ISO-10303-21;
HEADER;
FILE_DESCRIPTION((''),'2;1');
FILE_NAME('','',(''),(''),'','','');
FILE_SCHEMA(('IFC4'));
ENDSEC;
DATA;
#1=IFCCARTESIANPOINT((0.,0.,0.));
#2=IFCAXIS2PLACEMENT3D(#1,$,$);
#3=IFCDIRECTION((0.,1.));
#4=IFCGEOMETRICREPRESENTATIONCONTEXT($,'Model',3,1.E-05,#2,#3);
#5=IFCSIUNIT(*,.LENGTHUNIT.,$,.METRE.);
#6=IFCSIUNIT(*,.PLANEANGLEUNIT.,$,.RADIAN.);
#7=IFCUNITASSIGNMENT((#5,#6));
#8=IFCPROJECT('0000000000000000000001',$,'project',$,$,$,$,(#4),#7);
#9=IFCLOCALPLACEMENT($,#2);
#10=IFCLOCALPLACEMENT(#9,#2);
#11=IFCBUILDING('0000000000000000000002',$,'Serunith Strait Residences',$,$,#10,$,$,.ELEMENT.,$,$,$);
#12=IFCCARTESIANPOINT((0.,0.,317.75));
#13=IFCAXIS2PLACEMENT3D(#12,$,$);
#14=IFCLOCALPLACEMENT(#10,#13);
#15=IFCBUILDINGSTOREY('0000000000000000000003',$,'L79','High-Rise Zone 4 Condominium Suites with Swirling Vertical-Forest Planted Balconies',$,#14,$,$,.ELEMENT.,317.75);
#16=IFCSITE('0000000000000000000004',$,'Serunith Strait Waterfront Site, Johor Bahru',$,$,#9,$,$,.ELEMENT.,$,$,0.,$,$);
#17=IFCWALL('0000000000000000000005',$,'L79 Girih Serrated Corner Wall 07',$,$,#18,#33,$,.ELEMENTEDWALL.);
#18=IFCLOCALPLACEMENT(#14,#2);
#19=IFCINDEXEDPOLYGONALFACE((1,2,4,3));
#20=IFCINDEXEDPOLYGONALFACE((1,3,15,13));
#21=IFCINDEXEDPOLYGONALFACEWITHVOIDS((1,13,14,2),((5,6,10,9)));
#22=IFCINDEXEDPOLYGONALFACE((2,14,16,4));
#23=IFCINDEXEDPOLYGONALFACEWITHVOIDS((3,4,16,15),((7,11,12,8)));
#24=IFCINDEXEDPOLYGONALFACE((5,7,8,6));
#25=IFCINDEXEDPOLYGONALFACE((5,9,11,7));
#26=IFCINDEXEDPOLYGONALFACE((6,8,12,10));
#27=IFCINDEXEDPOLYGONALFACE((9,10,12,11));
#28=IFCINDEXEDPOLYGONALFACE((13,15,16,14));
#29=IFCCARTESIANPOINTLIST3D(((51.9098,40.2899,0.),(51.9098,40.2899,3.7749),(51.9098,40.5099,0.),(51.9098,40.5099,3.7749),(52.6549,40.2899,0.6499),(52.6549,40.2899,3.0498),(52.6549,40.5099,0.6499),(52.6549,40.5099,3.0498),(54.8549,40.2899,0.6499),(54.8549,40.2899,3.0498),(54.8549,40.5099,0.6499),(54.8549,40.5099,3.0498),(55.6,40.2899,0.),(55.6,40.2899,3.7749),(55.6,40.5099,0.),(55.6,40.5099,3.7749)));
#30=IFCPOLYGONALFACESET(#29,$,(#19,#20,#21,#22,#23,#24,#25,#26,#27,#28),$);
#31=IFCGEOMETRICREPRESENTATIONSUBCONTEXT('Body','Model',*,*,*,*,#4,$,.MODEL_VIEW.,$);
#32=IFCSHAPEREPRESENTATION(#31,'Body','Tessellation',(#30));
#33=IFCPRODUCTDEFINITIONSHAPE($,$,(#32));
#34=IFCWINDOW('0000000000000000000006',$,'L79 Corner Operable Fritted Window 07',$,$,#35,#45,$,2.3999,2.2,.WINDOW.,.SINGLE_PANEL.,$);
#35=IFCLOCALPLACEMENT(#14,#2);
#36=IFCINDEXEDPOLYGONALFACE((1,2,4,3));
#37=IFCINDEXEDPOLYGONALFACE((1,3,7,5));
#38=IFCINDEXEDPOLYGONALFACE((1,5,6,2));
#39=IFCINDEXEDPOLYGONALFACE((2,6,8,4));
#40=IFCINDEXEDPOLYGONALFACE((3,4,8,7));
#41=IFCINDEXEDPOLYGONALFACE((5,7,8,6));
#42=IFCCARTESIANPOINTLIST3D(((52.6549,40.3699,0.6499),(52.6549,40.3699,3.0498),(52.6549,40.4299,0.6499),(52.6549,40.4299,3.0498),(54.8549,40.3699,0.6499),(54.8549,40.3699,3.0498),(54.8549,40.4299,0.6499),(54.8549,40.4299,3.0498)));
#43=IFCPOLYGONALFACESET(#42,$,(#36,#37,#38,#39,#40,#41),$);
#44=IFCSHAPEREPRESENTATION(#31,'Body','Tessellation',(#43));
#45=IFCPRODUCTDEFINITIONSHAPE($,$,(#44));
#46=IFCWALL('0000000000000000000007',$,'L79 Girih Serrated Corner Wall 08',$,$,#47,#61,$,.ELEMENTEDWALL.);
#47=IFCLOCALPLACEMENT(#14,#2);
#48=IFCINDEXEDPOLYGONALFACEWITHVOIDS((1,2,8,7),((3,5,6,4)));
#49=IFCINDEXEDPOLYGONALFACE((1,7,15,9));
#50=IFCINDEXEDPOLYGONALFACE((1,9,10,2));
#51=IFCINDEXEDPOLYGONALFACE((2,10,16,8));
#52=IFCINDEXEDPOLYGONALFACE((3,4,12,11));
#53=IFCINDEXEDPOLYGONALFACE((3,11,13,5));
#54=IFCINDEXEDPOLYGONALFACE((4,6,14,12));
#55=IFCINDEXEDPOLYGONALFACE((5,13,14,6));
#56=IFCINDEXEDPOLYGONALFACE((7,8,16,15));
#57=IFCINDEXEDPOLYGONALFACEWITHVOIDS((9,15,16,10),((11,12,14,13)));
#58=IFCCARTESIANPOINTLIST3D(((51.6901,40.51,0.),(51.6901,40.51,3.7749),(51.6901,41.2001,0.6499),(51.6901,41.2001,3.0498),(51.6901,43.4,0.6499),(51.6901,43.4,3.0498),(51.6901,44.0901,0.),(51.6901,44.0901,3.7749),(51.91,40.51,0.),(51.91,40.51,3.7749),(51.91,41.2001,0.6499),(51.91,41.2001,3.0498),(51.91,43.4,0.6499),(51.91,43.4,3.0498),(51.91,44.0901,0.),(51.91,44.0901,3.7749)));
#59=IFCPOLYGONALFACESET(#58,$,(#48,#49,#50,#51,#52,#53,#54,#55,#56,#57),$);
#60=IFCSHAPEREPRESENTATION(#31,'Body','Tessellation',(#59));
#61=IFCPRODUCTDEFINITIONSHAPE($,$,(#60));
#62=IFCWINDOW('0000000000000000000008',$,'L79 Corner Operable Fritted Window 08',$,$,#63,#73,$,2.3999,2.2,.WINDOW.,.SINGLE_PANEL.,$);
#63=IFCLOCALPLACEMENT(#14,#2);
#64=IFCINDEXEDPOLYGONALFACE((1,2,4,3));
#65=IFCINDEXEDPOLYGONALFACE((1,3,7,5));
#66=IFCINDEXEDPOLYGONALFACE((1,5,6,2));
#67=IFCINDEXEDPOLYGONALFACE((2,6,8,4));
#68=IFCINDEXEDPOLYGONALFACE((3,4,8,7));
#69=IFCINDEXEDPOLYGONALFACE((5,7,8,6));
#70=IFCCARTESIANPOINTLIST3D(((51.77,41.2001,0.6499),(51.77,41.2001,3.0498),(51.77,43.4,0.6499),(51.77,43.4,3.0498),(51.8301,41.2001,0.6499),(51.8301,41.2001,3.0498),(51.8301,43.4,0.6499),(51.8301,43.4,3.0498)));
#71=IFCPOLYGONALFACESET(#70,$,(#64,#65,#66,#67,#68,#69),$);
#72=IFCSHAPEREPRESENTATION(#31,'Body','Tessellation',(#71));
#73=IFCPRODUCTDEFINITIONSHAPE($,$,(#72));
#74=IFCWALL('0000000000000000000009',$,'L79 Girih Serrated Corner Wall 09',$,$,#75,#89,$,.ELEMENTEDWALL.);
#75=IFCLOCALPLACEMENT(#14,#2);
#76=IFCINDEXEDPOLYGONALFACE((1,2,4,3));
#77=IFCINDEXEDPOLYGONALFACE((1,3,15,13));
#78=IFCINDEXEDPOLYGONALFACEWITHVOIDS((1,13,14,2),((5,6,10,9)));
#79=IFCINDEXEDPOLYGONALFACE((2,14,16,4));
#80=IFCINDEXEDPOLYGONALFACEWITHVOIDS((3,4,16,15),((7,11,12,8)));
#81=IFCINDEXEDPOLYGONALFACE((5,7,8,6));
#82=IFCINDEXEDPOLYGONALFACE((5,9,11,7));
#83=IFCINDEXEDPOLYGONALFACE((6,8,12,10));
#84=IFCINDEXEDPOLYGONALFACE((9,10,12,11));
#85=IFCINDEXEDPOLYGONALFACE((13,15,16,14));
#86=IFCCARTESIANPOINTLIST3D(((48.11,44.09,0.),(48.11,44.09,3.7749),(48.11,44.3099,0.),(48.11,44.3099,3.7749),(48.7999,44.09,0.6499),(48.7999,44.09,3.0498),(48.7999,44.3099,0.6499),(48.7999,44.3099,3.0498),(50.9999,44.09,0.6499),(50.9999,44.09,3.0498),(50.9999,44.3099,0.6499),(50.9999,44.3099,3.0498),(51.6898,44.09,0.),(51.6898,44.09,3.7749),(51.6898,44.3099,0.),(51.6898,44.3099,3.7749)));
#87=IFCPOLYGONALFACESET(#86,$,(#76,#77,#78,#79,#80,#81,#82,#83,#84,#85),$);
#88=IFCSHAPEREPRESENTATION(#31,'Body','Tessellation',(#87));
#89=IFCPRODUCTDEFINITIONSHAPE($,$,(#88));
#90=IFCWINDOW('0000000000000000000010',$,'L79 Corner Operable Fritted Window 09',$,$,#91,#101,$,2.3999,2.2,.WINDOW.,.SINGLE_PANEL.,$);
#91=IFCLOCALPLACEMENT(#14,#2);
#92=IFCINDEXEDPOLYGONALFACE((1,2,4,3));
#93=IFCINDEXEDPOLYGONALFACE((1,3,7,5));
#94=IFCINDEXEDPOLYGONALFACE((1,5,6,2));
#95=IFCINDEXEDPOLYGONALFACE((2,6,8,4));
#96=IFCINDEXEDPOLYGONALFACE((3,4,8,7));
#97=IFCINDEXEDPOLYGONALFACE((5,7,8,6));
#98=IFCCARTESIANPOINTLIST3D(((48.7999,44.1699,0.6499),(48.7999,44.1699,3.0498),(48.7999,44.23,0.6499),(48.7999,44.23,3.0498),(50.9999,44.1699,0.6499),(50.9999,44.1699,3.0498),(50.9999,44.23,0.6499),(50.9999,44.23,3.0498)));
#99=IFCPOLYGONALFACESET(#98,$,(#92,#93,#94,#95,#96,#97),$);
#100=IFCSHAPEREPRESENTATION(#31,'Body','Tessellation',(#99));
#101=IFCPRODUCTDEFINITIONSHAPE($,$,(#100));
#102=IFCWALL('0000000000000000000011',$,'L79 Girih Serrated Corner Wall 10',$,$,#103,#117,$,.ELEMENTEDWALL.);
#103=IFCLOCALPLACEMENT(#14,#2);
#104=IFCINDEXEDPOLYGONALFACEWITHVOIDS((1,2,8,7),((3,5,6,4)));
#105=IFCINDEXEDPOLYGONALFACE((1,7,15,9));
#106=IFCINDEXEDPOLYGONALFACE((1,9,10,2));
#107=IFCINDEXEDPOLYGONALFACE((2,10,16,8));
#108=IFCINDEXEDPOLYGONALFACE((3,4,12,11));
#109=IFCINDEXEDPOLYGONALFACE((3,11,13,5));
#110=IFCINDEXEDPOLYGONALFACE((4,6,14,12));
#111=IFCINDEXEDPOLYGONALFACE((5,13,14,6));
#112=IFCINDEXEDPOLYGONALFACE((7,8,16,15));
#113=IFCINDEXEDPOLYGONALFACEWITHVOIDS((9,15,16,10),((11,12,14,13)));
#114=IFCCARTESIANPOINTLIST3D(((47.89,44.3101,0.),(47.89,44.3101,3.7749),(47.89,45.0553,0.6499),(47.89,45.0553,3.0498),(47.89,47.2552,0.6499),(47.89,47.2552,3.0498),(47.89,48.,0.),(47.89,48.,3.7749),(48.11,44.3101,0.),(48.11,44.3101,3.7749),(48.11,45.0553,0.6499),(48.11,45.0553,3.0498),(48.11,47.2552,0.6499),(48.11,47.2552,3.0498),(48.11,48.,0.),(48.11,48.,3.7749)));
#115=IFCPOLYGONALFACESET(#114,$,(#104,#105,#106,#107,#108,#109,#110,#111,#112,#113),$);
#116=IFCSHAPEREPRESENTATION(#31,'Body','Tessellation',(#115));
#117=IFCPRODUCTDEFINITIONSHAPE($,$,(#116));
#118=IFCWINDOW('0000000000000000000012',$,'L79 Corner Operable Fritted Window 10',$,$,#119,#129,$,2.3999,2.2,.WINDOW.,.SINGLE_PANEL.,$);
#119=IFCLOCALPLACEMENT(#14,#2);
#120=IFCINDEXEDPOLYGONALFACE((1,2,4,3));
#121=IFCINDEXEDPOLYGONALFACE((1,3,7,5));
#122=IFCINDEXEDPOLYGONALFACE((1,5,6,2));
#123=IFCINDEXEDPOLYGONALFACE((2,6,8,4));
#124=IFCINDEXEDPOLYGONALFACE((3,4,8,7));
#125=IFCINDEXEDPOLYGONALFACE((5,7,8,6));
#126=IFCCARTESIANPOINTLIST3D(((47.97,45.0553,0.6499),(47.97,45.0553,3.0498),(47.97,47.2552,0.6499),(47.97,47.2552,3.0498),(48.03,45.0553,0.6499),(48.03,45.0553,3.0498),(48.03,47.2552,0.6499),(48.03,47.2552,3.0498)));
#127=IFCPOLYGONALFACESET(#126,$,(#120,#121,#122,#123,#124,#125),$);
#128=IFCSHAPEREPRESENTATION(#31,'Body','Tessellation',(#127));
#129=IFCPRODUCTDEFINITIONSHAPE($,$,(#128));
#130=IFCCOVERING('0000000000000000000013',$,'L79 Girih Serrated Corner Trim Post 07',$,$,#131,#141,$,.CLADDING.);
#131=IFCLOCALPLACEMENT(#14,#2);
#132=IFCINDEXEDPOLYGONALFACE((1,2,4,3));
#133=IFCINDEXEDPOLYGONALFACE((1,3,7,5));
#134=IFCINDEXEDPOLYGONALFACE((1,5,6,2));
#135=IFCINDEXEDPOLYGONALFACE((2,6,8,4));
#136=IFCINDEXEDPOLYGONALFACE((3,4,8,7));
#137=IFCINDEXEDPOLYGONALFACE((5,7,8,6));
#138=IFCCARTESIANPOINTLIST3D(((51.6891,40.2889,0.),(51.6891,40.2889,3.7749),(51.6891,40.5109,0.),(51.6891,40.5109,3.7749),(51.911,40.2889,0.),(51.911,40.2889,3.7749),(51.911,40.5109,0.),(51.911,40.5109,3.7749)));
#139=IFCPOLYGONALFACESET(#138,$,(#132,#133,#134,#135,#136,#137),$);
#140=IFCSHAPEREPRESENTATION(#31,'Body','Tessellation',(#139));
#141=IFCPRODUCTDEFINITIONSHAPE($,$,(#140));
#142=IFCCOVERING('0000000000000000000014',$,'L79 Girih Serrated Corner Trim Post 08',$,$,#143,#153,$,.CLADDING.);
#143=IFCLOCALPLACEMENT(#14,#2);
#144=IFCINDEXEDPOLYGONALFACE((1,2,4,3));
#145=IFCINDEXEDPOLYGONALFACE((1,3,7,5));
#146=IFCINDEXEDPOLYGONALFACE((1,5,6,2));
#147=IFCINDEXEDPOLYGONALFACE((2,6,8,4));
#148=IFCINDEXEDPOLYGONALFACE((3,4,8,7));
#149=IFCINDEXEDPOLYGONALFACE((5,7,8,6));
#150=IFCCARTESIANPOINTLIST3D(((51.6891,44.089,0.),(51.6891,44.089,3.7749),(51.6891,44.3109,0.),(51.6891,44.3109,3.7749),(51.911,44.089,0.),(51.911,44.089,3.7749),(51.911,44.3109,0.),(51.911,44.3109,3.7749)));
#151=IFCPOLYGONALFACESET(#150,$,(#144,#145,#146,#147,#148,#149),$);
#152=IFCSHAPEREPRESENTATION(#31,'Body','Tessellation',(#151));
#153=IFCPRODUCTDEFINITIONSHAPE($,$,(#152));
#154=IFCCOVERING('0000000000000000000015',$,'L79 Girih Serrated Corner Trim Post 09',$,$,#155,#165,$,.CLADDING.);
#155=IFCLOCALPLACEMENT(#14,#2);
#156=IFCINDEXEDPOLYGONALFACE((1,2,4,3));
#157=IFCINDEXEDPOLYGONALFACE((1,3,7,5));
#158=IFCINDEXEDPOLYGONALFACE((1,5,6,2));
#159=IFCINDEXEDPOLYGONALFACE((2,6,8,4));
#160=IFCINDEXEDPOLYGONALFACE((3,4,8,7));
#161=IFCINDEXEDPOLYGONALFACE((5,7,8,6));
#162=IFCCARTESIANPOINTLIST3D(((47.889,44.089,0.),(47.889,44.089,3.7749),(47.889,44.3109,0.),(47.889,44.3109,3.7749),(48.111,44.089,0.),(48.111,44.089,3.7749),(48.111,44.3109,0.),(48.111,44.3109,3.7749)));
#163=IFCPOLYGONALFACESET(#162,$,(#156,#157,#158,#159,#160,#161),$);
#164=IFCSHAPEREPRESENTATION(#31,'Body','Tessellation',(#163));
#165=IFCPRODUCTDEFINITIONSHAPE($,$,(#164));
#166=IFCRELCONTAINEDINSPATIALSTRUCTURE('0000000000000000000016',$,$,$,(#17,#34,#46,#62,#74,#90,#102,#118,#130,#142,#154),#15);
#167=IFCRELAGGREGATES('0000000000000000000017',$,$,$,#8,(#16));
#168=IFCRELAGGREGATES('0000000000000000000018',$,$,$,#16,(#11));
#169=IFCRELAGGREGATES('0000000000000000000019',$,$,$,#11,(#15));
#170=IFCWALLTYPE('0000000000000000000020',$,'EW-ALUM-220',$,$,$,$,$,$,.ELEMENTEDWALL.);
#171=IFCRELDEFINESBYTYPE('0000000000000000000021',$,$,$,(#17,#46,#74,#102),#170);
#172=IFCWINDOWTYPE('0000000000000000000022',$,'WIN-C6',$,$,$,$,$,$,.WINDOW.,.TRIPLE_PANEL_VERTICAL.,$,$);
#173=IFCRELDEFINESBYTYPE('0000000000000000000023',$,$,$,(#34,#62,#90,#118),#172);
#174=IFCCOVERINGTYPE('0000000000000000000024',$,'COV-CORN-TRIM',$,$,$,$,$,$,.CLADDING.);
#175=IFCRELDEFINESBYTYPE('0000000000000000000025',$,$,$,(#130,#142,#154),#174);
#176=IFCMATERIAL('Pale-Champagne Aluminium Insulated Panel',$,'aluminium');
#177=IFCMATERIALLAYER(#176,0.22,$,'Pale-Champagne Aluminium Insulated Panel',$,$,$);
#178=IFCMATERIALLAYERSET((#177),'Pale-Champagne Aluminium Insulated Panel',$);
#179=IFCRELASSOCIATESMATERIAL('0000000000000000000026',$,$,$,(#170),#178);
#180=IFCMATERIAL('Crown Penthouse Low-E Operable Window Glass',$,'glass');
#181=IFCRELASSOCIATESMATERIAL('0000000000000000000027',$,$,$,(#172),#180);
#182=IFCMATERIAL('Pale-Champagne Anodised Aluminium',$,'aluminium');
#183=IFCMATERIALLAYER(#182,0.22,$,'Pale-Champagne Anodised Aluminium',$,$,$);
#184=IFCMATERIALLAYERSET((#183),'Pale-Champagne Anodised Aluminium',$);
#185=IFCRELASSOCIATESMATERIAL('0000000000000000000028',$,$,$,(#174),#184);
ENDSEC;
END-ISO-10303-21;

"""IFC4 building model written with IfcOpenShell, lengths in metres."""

from ifc_helpers import new_model, si_unit, direction, frame, frame_2d, origin, origin_2d, place, context, subcontext, project, spatial, rectangle, extrude, source, transform, mapped, material, layer, layer_set, type_object, element, fill, save


model = new_model("IFC4")

# Units and contexts
model_context = context("Model", 3, precision=1e-05, world=origin(), true_north=direction((0.0, 1.0)))
body_context = subcontext(model_context, "Body", "Model", "MODEL_VIEW")
ifc_project = project(units=[si_unit("LENGTHUNIT", "METRE"), si_unit("PLANEANGLEUNIT", "RADIAN")], contexts=[model_context])

# Site, building, storey
site_placement = place(None, origin())
site = spatial("IfcSite", under=ifc_project, at=site_placement, Name="Serunith Strait Waterfront Site, Johor Bahru", CompositionType="ELEMENT", RefElevation=0.0)
building_placement = place(site_placement, origin())
building = spatial("IfcBuilding", under=site, at=building_placement, Name="Serunith Strait Residences", CompositionType="ELEMENT")
storey_placement = place(building_placement, frame((0.0, 0.0, 317.75)))
storey = spatial("IfcBuildingStorey", under=building, at=storey_placement, Name="L79", Description="High-Rise Zone 4 Condominium Suites with Swirling Vertical-Forest Planted Balconies", CompositionType="ELEMENT", Elevation=317.75)

# Walls, openings, windows
ifc_material_1 = material(Name="Pale-Champagne Aluminium Insulated Panel", Category="aluminium")
ifc_layer_1 = layer(ifc_material_1, 0.22, Name="Pale-Champagne Aluminium Insulated Panel")
ifc_layer_set_1 = layer_set([ifc_layer_1], Name="Pale-Champagne Aluminium Insulated Panel")
wall_type = type_object("IfcWallType", Name="EW-ALUM-220", PredefinedType="ELEMENTEDWALL", material=ifc_layer_set_1)
wall_1_placement = place(storey_placement, frame((55.6001, 40.3999, 0.0), z_axis=(0.0, 0.0, 1.0), x_axis=(-1.0, 0.0, 0.0)))
wall_1 = element("IfcWall", 1, at=wall_1_placement, inside=storey, type_object=wall_type, Name="L79 Girih Serrated Corner Wall 07", PredefinedType="ELEMENTEDWALL", context=body_context, shape_type="SweptSolid", body=[
    extrude(rectangle(XDim=3.6902, YDim=0.22, at=frame_2d((1.8452, 0.0))), origin(), (0.0, 0.0, 1.0), 3.7749),
])
opening_1_placement = place(wall_1_placement, frame((0.7451, 0.0, 0.6499)))
opening_1 = element("IfcOpeningElement", 2, at=opening_1_placement, cuts=wall_1, PredefinedType="OPENING", context=body_context, shape_type="SweptSolid", body=[
    extrude(rectangle(XDim=2.2, YDim=2.3999, at=frame_2d((1.1001, 1.2))), frame((0.0, 0.1201, 0.0), z_axis=(0.0, -1.0, 0.0), x_axis=(1.0, 0.0, 0.0)), (0.0, 0.0, 1.0), 0.24),
])
ifc_material_2 = material(Name="Crown Penthouse Low-E Operable Window Glass", Category="glass")
window_type = type_object("IfcWindowType", Name="WIN-C6", PartitioningType="TRIPLE_PANEL_VERTICAL", PredefinedType="WINDOW", material=ifc_material_2)
shared_shape_1 = source(origin(), body_context, "Body", "SweptSolid", [
    extrude(rectangle(XDim=2.2, YDim=2.3999, at=frame_2d((1.1001, 1.2))), frame((0.0, 0.03, 0.0), z_axis=(0.0, -1.0, 0.0), x_axis=(1.0, 0.0, 0.0)), (0.0, 0.0, 1.0), 0.0601),
])
window_1_placement = place(opening_1_placement, origin())
window_1 = element("IfcWindow", 3, at=window_1_placement, inside=storey, type_object=window_type, Name="L79 Corner Operable Fritted Window 07", OverallHeight=2.3999, OverallWidth=2.2, PartitioningType="SINGLE_PANEL", PredefinedType="WINDOW", context=body_context, shape_type="MappedRepresentation", body=[
    mapped(shared_shape_1, transform((0.0, 0.0, 0.0), scale=1.0)),
])
fill(opening_1, window_1)
wall_2_placement = place(storey_placement, frame((51.8, 40.51, 0.0), z_axis=(0.0, 0.0, 1.0), x_axis=(0.0, 1.0, 0.0)))
wall_2 = element("IfcWall", 4, at=wall_2_placement, inside=storey, type_object=wall_type, Name="L79 Girih Serrated Corner Wall 08", PredefinedType="ELEMENTEDWALL", context=body_context, shape_type="SweptSolid", body=[
    extrude(rectangle(XDim=3.5801, YDim=0.22, at=frame_2d((1.79, 0.0))), origin(), (0.0, 0.0, 1.0), 3.7749),
])
opening_2_placement = place(wall_2_placement, frame((0.6899, 0.0, 0.6499)))
opening_2 = element("IfcOpeningElement", 5, at=opening_2_placement, cuts=wall_2, PredefinedType="OPENING", context=body_context, shape_type="SweptSolid", body=[
    extrude(rectangle(XDim=2.2, YDim=2.3999, at=frame_2d((1.1001, 1.2))), frame((0.0, 0.1201, 0.0), z_axis=(0.0, -1.0, 0.0), x_axis=(1.0, 0.0, 0.0)), (0.0, 0.0, 1.0), 0.24),
])
window_2_placement = place(opening_2_placement, origin())
window_2 = element("IfcWindow", 6, at=window_2_placement, inside=storey, type_object=window_type, Name="L79 Corner Operable Fritted Window 08", OverallHeight=2.3999, OverallWidth=2.2, PartitioningType="SINGLE_PANEL", PredefinedType="WINDOW", context=body_context, shape_type="MappedRepresentation", body=[
    mapped(shared_shape_1, transform((0.0, 0.0, 0.0), scale=1.0)),
])
fill(opening_2, window_2)
wall_3_placement = place(storey_placement, frame((51.6899, 44.2, 0.0), z_axis=(0.0, 0.0, 1.0), x_axis=(-1.0, 0.0, 0.0)))
wall_3 = element("IfcWall", 7, at=wall_3_placement, inside=storey, type_object=wall_type, Name="L79 Girih Serrated Corner Wall 09", PredefinedType="ELEMENTEDWALL", context=body_context, shape_type="SweptSolid", body=[
    extrude(rectangle(XDim=3.5798, YDim=0.22, at=frame_2d((1.79, 0.0))), origin(), (0.0, 0.0, 1.0), 3.7749),
])
opening_3_placement = place(wall_3_placement, frame((0.6899, 0.0, 0.6499)))
opening_3 = element("IfcOpeningElement", 8, at=opening_3_placement, cuts=wall_3, PredefinedType="OPENING", context=body_context, shape_type="SweptSolid", body=[
    extrude(rectangle(XDim=2.2, YDim=2.3999, at=frame_2d((1.1001, 1.2))), frame((0.0, 0.1201, 0.0), z_axis=(0.0, -1.0, 0.0), x_axis=(1.0, 0.0, 0.0)), (0.0, 0.0, 1.0), 0.24),
])
window_3_placement = place(opening_3_placement, origin())
window_3 = element("IfcWindow", 9, at=window_3_placement, inside=storey, type_object=window_type, Name="L79 Corner Operable Fritted Window 09", OverallHeight=2.3999, OverallWidth=2.2, PartitioningType="SINGLE_PANEL", PredefinedType="WINDOW", context=body_context, shape_type="MappedRepresentation", body=[
    mapped(shared_shape_1, transform((0.0, 0.0, 0.0), scale=1.0)),
])
fill(opening_3, window_3)
wall_4_placement = place(storey_placement, frame((48.0, 44.3101, 0.0), z_axis=(0.0, 0.0, 1.0), x_axis=(0.0, 1.0, 0.0)))
wall_4 = element("IfcWall", 10, at=wall_4_placement, inside=storey, type_object=wall_type, Name="L79 Girih Serrated Corner Wall 10", PredefinedType="ELEMENTEDWALL", context=body_context, shape_type="SweptSolid", body=[
    extrude(rectangle(XDim=3.6899, YDim=0.22, at=frame_2d((1.845, 0.0))), origin(), (0.0, 0.0, 1.0), 3.7749),
])
opening_4_placement = place(wall_4_placement, frame((0.7451, 0.0, 0.6499)))
opening_4 = element("IfcOpeningElement", 11, at=opening_4_placement, cuts=wall_4, PredefinedType="OPENING", context=body_context, shape_type="SweptSolid", body=[
    extrude(rectangle(XDim=2.2, YDim=2.3999, at=frame_2d((1.1001, 1.2))), frame((0.0, 0.1201, 0.0), z_axis=(0.0, -1.0, 0.0), x_axis=(1.0, 0.0, 0.0)), (0.0, 0.0, 1.0), 0.24),
])
window_4_placement = place(opening_4_placement, origin())
window_4 = element("IfcWindow", 12, at=window_4_placement, inside=storey, type_object=window_type, Name="L79 Corner Operable Fritted Window 10", OverallHeight=2.3999, OverallWidth=2.2, PartitioningType="SINGLE_PANEL", PredefinedType="WINDOW", context=body_context, shape_type="MappedRepresentation", body=[
    mapped(shared_shape_1, transform((0.0, 0.0, 0.0), scale=1.0)),
])
fill(opening_4, window_4)

# Coverings
ifc_material_3 = material(Name="Pale-Champagne Anodised Aluminium", Category="aluminium")
ifc_layer_2 = layer(ifc_material_3, 0.22, Name="Pale-Champagne Anodised Aluminium")
ifc_layer_set_2 = layer_set([ifc_layer_2], Name="Pale-Champagne Anodised Aluminium")
covering_type = type_object("IfcCoveringType", Name="COV-CORN-TRIM", PredefinedType="CLADDING", material=ifc_layer_set_2)
shared_shape_2 = source(origin(), body_context, "Body", "SweptSolid", [
    extrude(rectangle(XDim=0.2219, YDim=0.2219, at=origin_2d()), origin(), (0.0, 0.0, 1.0), 3.7749),
])
for number, where, z_axis, x_axis, name in (
    (13, (51.8, 40.3999, 0.0), (0.0, 0.0, 1.0), (1.0, 0.0, 0.0), "L79 Girih Serrated Corner Trim Post 07"),
    (14, (51.8, 44.2, 0.0), (0.0, 0.0, 1.0), (1.0, 0.0, 0.0), "L79 Girih Serrated Corner Trim Post 08"),
    (15, (48.0, 44.2, 0.0), (0.0, 0.0, 1.0), (1.0, 0.0, 0.0), "L79 Girih Serrated Corner Trim Post 09"),
):
    element("IfcCovering", number, at=place(storey_placement, frame(where, z_axis=z_axis, x_axis=x_axis)), inside=storey, type_object=covering_type, Name=name, PredefinedType="CLADDING", context=body_context, shape_type="MappedRepresentation", body=[
        mapped(shared_shape_2, transform((0.0, 0.0, 0.0), scale=1.0)),
    ])

save(model, "model.ifc")
